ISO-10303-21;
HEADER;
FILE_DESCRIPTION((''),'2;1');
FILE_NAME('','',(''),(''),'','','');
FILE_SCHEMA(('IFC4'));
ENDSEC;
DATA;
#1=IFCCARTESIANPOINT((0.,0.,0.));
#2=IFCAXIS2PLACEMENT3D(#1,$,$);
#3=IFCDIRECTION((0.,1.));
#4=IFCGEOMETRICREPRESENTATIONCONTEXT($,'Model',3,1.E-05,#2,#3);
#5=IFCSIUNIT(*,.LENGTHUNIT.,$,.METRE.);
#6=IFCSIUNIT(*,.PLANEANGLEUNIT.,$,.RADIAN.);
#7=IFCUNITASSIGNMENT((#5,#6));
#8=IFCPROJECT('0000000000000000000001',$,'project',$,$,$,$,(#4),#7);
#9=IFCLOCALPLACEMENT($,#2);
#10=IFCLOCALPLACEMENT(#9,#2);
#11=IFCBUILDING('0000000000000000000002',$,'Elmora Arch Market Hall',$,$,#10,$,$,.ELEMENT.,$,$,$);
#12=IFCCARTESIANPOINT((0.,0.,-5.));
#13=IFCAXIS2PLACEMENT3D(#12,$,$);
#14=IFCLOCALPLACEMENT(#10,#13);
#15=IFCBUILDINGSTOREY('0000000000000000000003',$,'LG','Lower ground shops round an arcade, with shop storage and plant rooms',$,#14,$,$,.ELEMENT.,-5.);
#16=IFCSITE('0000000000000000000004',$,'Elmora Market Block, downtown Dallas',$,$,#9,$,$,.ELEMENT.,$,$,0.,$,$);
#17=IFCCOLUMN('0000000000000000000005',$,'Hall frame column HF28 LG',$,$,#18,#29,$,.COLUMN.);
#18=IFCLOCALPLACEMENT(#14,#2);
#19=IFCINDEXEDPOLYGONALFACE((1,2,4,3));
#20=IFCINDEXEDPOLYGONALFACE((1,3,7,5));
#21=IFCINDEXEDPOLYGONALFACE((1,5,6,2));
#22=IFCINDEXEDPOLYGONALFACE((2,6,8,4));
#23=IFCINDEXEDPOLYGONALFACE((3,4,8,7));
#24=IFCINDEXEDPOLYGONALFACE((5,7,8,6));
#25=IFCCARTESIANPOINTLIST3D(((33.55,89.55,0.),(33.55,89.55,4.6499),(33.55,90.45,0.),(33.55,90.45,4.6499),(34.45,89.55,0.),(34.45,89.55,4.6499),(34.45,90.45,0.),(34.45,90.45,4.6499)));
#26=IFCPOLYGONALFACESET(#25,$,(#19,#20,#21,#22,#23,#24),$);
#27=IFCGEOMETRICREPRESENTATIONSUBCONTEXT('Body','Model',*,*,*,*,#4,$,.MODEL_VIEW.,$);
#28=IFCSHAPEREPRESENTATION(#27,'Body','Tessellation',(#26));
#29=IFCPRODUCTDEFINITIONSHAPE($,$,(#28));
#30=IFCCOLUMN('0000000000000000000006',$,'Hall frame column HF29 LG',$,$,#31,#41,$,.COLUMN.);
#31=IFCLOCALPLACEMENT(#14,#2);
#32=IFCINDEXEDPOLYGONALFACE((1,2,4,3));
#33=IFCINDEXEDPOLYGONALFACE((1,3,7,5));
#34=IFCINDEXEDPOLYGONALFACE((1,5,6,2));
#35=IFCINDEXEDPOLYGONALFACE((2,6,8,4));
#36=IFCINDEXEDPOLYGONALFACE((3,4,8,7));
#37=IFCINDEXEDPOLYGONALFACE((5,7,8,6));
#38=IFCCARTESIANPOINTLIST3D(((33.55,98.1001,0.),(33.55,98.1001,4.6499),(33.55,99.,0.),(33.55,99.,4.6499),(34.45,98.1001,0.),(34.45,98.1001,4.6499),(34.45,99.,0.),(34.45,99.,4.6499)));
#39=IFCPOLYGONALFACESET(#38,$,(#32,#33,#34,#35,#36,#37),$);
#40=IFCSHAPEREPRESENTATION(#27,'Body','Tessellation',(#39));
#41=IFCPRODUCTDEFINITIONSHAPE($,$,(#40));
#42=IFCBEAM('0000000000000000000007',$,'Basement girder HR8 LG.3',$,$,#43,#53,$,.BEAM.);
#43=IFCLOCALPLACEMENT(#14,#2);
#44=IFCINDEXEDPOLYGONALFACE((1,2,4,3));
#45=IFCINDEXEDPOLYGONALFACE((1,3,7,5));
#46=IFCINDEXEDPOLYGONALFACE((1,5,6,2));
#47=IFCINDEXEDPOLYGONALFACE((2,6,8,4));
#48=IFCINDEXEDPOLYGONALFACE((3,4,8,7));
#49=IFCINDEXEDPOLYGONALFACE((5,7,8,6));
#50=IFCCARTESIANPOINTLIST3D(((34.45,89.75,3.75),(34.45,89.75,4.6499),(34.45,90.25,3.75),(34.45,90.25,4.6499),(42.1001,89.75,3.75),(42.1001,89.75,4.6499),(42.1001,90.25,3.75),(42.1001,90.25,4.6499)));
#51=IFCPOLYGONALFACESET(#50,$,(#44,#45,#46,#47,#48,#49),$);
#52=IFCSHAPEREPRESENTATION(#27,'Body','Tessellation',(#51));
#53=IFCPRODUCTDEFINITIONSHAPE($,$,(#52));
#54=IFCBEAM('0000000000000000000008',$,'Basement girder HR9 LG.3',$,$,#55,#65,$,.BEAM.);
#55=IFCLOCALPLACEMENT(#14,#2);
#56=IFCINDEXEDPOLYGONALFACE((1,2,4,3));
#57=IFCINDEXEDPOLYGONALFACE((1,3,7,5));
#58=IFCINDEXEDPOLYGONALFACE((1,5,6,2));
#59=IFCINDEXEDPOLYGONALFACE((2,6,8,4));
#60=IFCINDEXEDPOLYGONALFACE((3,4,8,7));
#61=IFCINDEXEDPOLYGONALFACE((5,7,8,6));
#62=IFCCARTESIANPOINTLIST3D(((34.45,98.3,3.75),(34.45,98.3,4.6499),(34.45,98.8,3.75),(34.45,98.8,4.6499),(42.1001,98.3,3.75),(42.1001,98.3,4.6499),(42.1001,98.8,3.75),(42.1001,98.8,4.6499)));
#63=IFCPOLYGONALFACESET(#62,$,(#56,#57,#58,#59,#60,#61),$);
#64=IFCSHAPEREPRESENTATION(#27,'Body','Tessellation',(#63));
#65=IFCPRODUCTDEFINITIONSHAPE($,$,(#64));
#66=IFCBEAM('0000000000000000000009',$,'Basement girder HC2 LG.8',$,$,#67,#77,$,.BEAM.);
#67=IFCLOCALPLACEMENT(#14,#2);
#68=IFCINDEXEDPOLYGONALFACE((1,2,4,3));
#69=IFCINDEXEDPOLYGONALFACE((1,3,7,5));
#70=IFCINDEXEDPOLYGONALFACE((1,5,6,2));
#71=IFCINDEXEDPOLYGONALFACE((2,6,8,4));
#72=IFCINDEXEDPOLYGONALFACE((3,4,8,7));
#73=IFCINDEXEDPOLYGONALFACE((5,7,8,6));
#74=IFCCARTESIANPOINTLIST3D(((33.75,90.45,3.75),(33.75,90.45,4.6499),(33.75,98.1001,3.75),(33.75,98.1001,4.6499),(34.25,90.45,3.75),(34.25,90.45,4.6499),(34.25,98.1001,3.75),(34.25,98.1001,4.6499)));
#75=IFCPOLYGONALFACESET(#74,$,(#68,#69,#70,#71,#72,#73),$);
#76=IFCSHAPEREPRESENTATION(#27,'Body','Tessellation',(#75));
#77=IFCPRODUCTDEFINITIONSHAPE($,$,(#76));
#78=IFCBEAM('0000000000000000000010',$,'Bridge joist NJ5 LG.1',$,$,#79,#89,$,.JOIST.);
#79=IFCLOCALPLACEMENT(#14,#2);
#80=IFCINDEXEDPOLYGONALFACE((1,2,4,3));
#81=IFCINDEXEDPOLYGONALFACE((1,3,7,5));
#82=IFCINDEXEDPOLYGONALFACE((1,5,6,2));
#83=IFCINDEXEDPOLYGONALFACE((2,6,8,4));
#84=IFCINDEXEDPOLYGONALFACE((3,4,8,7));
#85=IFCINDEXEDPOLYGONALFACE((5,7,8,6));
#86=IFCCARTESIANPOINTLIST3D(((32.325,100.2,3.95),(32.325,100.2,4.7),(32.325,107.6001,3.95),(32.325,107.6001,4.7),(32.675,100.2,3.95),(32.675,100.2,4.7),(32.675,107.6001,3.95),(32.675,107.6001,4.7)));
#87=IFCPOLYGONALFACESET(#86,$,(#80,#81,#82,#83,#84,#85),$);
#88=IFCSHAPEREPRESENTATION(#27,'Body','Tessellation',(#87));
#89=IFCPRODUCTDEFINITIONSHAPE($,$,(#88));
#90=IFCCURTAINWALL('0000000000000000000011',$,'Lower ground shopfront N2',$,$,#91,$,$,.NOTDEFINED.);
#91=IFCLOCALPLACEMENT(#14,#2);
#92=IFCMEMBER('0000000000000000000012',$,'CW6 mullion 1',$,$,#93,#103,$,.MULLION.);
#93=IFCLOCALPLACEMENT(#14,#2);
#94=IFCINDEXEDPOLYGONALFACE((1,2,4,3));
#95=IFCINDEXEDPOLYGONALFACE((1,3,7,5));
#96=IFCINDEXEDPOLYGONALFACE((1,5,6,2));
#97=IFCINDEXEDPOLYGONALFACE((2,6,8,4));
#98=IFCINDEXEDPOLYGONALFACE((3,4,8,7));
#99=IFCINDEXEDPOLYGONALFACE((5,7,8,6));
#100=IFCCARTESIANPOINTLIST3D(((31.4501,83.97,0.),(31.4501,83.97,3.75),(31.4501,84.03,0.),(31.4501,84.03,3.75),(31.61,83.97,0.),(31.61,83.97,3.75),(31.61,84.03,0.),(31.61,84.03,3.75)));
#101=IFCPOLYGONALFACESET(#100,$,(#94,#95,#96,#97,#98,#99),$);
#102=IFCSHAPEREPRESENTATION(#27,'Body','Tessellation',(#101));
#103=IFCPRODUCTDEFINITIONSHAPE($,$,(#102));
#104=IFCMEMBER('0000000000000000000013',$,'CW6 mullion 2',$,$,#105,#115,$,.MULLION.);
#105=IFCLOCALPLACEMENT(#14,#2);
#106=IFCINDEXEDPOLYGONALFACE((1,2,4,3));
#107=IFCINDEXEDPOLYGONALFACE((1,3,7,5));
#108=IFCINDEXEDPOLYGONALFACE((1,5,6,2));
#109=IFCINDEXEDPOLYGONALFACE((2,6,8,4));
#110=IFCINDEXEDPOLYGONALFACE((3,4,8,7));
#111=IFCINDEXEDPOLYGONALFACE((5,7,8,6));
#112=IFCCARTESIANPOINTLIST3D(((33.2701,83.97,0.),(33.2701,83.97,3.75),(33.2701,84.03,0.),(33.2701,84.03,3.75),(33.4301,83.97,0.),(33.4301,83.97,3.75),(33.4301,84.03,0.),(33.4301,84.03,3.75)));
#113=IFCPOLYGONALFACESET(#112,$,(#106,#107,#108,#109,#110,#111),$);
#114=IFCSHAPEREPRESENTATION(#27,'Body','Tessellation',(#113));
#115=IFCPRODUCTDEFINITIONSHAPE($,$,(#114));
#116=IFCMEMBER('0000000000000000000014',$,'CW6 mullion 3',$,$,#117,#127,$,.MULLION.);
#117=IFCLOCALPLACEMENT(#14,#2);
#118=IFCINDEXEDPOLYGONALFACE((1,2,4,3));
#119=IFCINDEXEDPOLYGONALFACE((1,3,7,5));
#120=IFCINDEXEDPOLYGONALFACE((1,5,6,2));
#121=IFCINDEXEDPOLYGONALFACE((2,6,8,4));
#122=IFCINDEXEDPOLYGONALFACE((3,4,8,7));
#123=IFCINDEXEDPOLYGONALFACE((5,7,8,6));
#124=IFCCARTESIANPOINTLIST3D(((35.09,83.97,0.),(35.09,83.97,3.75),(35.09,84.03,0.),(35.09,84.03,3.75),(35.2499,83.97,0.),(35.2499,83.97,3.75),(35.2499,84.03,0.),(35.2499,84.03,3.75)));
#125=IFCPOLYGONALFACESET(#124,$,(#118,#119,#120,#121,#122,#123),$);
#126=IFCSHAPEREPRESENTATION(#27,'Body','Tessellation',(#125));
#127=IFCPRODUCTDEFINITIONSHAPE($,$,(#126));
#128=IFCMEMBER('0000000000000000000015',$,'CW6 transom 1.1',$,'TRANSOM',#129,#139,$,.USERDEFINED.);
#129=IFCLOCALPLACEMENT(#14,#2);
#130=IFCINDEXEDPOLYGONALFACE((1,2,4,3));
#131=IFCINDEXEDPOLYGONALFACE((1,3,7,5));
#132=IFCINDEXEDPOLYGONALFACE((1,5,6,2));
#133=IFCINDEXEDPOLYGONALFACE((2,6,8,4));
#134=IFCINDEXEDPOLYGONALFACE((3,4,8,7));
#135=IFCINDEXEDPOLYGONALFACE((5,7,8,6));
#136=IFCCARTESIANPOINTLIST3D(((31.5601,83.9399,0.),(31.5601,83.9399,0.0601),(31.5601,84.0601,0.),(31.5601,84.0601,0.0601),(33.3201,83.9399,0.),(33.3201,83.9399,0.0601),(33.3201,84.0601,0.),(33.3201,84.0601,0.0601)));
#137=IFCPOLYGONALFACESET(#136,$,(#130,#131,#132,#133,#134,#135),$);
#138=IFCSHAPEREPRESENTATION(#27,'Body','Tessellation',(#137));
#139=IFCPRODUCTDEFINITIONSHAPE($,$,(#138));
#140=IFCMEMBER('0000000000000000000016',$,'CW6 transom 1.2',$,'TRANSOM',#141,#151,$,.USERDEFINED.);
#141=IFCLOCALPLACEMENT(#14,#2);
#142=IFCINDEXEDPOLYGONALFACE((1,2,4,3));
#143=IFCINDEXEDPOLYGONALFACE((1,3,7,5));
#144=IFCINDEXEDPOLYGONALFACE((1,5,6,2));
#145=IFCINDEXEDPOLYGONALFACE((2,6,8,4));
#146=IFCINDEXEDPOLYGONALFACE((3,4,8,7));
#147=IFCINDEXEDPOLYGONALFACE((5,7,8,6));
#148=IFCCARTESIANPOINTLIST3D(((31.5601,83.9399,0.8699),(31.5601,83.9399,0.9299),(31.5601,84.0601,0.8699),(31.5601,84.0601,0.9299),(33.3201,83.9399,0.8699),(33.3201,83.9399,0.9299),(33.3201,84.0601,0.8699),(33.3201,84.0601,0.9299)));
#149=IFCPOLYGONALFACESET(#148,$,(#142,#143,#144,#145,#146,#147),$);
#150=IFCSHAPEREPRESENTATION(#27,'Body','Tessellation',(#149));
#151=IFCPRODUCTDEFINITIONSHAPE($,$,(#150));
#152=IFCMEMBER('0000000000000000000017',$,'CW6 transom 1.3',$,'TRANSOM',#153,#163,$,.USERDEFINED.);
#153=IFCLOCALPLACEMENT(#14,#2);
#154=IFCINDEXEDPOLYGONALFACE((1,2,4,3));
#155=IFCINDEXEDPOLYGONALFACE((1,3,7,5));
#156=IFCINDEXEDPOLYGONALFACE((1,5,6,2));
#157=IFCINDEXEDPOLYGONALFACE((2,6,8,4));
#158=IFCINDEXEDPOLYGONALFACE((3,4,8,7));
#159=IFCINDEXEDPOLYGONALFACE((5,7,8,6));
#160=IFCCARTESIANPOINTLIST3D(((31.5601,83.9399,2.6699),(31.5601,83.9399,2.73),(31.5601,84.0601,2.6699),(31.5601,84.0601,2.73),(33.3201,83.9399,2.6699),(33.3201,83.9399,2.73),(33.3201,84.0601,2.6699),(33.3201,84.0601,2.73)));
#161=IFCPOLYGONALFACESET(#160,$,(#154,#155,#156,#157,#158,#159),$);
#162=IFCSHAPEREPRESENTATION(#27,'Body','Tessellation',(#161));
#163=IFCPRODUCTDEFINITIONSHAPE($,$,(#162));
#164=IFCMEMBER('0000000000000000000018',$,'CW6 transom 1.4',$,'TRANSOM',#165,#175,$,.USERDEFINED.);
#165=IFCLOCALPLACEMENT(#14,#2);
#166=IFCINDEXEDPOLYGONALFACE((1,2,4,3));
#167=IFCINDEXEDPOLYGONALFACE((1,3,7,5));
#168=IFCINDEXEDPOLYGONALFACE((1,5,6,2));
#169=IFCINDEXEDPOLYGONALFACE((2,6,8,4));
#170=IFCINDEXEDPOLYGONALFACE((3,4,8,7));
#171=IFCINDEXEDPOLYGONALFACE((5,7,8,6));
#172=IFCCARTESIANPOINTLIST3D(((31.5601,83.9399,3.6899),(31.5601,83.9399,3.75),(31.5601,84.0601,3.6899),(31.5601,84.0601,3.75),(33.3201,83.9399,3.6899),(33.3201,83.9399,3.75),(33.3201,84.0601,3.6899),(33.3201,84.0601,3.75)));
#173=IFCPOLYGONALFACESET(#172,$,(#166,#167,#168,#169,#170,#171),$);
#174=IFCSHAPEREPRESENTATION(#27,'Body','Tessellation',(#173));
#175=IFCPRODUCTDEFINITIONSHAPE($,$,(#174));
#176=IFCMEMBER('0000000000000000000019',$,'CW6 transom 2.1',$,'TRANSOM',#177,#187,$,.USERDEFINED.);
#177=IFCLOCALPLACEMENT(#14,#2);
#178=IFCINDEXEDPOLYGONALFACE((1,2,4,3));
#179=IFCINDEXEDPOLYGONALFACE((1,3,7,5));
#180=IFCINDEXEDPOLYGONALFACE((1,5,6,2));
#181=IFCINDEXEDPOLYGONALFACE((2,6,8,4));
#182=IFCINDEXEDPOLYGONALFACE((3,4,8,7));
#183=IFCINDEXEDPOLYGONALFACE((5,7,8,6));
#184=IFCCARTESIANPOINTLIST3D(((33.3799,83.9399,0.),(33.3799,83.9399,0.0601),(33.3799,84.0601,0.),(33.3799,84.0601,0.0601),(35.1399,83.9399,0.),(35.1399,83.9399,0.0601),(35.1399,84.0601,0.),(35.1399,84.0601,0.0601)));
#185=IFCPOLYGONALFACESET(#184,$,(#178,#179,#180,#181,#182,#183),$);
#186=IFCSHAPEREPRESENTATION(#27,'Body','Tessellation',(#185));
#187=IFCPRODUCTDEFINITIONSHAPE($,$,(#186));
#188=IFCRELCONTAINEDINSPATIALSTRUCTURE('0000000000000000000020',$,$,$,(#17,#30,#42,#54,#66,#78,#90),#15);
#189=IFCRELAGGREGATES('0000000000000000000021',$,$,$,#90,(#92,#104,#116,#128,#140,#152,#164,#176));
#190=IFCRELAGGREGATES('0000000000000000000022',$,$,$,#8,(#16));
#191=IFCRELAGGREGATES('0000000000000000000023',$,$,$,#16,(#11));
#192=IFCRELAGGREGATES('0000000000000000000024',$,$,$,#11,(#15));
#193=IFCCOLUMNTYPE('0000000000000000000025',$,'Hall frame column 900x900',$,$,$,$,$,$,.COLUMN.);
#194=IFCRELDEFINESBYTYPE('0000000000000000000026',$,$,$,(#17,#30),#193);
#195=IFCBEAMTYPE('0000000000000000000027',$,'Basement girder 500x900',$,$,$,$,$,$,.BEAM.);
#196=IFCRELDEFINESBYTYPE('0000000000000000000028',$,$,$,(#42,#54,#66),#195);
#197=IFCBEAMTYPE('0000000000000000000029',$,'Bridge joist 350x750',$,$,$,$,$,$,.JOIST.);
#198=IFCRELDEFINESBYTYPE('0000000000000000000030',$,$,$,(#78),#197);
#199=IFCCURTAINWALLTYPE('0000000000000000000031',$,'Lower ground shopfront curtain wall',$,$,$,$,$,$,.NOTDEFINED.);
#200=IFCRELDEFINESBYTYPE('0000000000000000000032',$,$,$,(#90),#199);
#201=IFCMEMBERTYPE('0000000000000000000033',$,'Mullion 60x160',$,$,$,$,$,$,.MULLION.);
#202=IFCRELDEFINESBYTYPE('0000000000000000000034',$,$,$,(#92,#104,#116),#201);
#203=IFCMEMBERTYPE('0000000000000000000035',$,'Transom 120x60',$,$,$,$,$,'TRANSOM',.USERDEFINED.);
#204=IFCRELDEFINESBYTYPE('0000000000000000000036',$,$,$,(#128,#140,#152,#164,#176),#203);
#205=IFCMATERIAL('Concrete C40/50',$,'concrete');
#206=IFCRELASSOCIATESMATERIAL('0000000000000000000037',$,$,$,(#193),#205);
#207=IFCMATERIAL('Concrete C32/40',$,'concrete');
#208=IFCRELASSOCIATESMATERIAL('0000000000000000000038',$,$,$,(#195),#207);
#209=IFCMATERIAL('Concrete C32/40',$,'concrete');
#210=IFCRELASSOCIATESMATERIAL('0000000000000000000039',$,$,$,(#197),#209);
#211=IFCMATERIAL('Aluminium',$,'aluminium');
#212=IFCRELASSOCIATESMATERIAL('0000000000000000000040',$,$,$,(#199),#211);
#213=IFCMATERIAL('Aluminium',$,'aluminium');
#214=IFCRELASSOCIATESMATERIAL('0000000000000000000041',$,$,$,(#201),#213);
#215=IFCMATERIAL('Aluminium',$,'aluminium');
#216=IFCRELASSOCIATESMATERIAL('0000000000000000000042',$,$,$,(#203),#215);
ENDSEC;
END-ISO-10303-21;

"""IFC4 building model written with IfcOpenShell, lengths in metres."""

from ifc_helpers import new_model, si_unit, direction, frame, origin, origin_2d, place, context, subcontext, project, spatial, rectangle, extrude, material, material_profile, profile_set, type_object, element, aggregate, save


model = new_model("IFC4")

# Units and contexts
model_context = context("Model", 3, precision=1e-05, world=origin(), true_north=direction((0.0, 1.0)))
body_context = subcontext(model_context, "Body", "Model", "MODEL_VIEW")
ifc_project = project(units=[si_unit("LENGTHUNIT", "METRE"), si_unit("PLANEANGLEUNIT", "RADIAN")], contexts=[model_context])

# Site, building, storey
site_placement = place(None, origin())
site = spatial("IfcSite", under=ifc_project, at=site_placement, Name="Elmora Market Block, downtown Dallas", CompositionType="ELEMENT", RefElevation=0.0)
building_placement = place(site_placement, origin())
building = spatial("IfcBuilding", under=site, at=building_placement, Name="Elmora Arch Market Hall", CompositionType="ELEMENT")
storey_placement = place(building_placement, frame((0.0, 0.0, -5.0)))
storey = spatial("IfcBuildingStorey", under=building, at=storey_placement, Name="LG", Description="Lower ground shops round an arcade, with shop storage and plant rooms", CompositionType="ELEMENT", Elevation=-5.0)

# Columns
ifc_material_1 = material(Name="Concrete C40/50", Category="concrete")
ifc_material_profile_1 = material_profile(ifc_material_1, rectangle(XDim=0.8999, YDim=0.8999, at=origin_2d()), Name="Hall frame column 900x900")
ifc_profile_set_1 = profile_set([ifc_material_profile_1], Name="Concrete C40/50")
column_type = type_object("IfcColumnType", Name="Hall frame column 900x900", PredefinedType="COLUMN", material=ifc_profile_set_1)
for number, where, z_axis, x_axis, name in (
    (1, (34.0, 90.0, 0.0), (0.0, 0.0, 1.0), (1.0, 0.0, 0.0), "Hall frame column HF28 LG"),
    (2, (34.0, 98.55, 0.0), (0.0, 0.0, 1.0), (1.0, 0.0, 0.0), "Hall frame column HF29 LG"),
):
    element("IfcColumn", number, at=place(storey_placement, frame(where, z_axis=z_axis, x_axis=x_axis)), inside=storey, type_object=column_type, Name=name, PredefinedType="COLUMN", context=body_context, shape_type="SweptSolid", body=[
        extrude(rectangle(XDim=0.8999, YDim=0.8999, at=origin_2d()), origin(), (0.0, 0.0, 1.0), 4.6499),
    ])

# Beams
ifc_material_2 = material(Name="Concrete C32/40", Category="concrete")
ifc_material_profile_2 = material_profile(ifc_material_2, rectangle(XDim=0.5, YDim=0.8999, at=origin_2d()), Name="Basement girder 500x900")
ifc_profile_set_2 = profile_set([ifc_material_profile_2], Name="Concrete C32/40")
beam_type_1 = type_object("IfcBeamType", Name="Basement girder 500x900", PredefinedType="BEAM", material=ifc_profile_set_2)
for number, where, z_axis, x_axis, name in (
    (3, (34.45, 90.0, 4.2), (1.0, 0.0, 0.0), (0.0, 1.0, 0.0), "Basement girder HR8 LG.3"),
    (4, (34.45, 98.55, 4.2), (1.0, 0.0, 0.0), (0.0, 1.0, 0.0), "Basement girder HR9 LG.3"),
    (5, (34.0, 90.45, 4.2), (0.0, 1.0, 0.0), (-1.0, 0.0, 0.0), "Basement girder HC2 LG.8"),
):
    element("IfcBeam", number, at=place(storey_placement, frame(where, z_axis=z_axis, x_axis=x_axis)), inside=storey, type_object=beam_type_1, Name=name, PredefinedType="BEAM", context=body_context, shape_type="SweptSolid", body=[
        extrude(rectangle(XDim=0.5, YDim=0.8999, at=origin_2d()), origin(), (0.0, 0.0, 1.0), 7.6501),
    ])
ifc_material_3 = material(Name="Concrete C32/40", Category="concrete")
ifc_material_profile_3 = material_profile(ifc_material_3, rectangle(XDim=0.3501, YDim=0.75, at=origin_2d()), Name="Bridge joist 350x750")
ifc_profile_set_3 = profile_set([ifc_material_profile_3], Name="Concrete C32/40")
beam_type_2 = type_object("IfcBeamType", Name="Bridge joist 350x750", PredefinedType="JOIST", material=ifc_profile_set_3)
beam_placement = place(storey_placement, frame((32.5, 100.2, 4.325), z_axis=(0.0, 1.0, 0.0), x_axis=(-1.0, 0.0, 0.0)))
element("IfcBeam", 6, at=beam_placement, inside=storey, type_object=beam_type_2, Name="Bridge joist NJ5 LG.1", PredefinedType="JOIST", context=body_context, shape_type="SweptSolid", body=[
    extrude(rectangle(XDim=0.3501, YDim=0.75, at=origin_2d()), origin(), (0.0, 0.0, 1.0), 7.4001),
])

# Curtain wall, members
ifc_material_4 = material(Name="Aluminium", Category="aluminium")
curtain_wall_type = type_object("IfcCurtainWallType", Name="Lower ground shopfront curtain wall", PredefinedType="NOTDEFINED", material=ifc_material_4)
curtain_wall_placement = place(storey_placement, origin())
curtain_wall = element("IfcCurtainWall", 7, at=curtain_wall_placement, inside=storey, type_object=curtain_wall_type, Name="Lower ground shopfront N2", PredefinedType="NOTDEFINED")
ifc_material_5 = material(Name="Aluminium", Category="aluminium")
ifc_material_profile_4 = material_profile(ifc_material_5, rectangle(XDim=0.0601, YDim=0.1599, at=origin_2d()), Name="AL 60x160")
ifc_profile_set_4 = profile_set([ifc_material_profile_4], Name="Aluminium")
member_type_1 = type_object("IfcMemberType", Name="Mullion 60x160", PredefinedType="MULLION", material=ifc_profile_set_4)
member_1_placement = place(storey_placement, frame((31.53, 84.0, 0.0), z_axis=(0.0, 0.0, 1.0), x_axis=(0.0, 1.0, 0.0)))
member_1 = element("IfcMember", 8, at=member_1_placement, type_object=member_type_1, Name="CW6 mullion 1", PredefinedType="MULLION", context=body_context, shape_type="SweptSolid", body=[
    extrude(rectangle(XDim=0.0601, YDim=0.1599, at=origin_2d()), origin(), (0.0, 0.0, 1.0), 3.75),
])
member_2_placement = place(storey_placement, frame((33.3501, 84.0, 0.0), z_axis=(0.0, 0.0, 1.0), x_axis=(0.0, 1.0, 0.0)))
member_2 = element("IfcMember", 9, at=member_2_placement, type_object=member_type_1, Name="CW6 mullion 2", PredefinedType="MULLION", context=body_context, shape_type="SweptSolid", body=[
    extrude(rectangle(XDim=0.0601, YDim=0.1599, at=origin_2d()), origin(), (0.0, 0.0, 1.0), 3.75),
])
member_3_placement = place(storey_placement, frame((35.1699, 84.0, 0.0), z_axis=(0.0, 0.0, 1.0), x_axis=(0.0, 1.0, 0.0)))
member_3 = element("IfcMember", 10, at=member_3_placement, type_object=member_type_1, Name="CW6 mullion 3", PredefinedType="MULLION", context=body_context, shape_type="SweptSolid", body=[
    extrude(rectangle(XDim=0.0601, YDim=0.1599, at=origin_2d()), origin(), (0.0, 0.0, 1.0), 3.75),
])
ifc_material_6 = material(Name="Aluminium", Category="aluminium")
ifc_material_profile_5 = material_profile(ifc_material_6, rectangle(XDim=0.1201, YDim=0.0601, at=origin_2d()), Name="AL 120x60")
ifc_profile_set_5 = profile_set([ifc_material_profile_5], Name="Aluminium")
member_type_2 = type_object("IfcMemberType", Name="Transom 120x60", ElementType="TRANSOM", PredefinedType="USERDEFINED", material=ifc_profile_set_5)
member_4_placement = place(storey_placement, frame((31.5601, 84.0, 0.03), z_axis=(1.0, 0.0, 0.0), x_axis=(0.0, 1.0, 0.0)))
member_4 = element("IfcMember", 11, at=member_4_placement, type_object=member_type_2, Name="CW6 transom 1.1", ObjectType="TRANSOM", PredefinedType="USERDEFINED", context=body_context, shape_type="SweptSolid", body=[
    extrude(rectangle(XDim=0.1201, YDim=0.0601, at=origin_2d()), origin(), (0.0, 0.0, 1.0), 1.76),
])
member_5_placement = place(storey_placement, frame((31.5601, 84.0, 0.8999), z_axis=(1.0, 0.0, 0.0), x_axis=(0.0, 1.0, 0.0)))
member_5 = element("IfcMember", 12, at=member_5_placement, type_object=member_type_2, Name="CW6 transom 1.2", ObjectType="TRANSOM", PredefinedType="USERDEFINED", context=body_context, shape_type="SweptSolid", body=[
    extrude(rectangle(XDim=0.1201, YDim=0.0601, at=origin_2d()), origin(), (0.0, 0.0, 1.0), 1.76),
])
member_6_placement = place(storey_placement, frame((31.5601, 84.0, 2.7), z_axis=(1.0, 0.0, 0.0), x_axis=(0.0, 1.0, 0.0)))
member_6 = element("IfcMember", 13, at=member_6_placement, type_object=member_type_2, Name="CW6 transom 1.3", ObjectType="TRANSOM", PredefinedType="USERDEFINED", context=body_context, shape_type="SweptSolid", body=[
    extrude(rectangle(XDim=0.1201, YDim=0.0601, at=origin_2d()), origin(), (0.0, 0.0, 1.0), 1.76),
])
member_7_placement = place(storey_placement, frame((31.5601, 84.0, 3.72), z_axis=(1.0, 0.0, 0.0), x_axis=(0.0, 1.0, 0.0)))
member_7 = element("IfcMember", 14, at=member_7_placement, type_object=member_type_2, Name="CW6 transom 1.4", ObjectType="TRANSOM", PredefinedType="USERDEFINED", context=body_context, shape_type="SweptSolid", body=[
    extrude(rectangle(XDim=0.1201, YDim=0.0601, at=origin_2d()), origin(), (0.0, 0.0, 1.0), 1.76),
])
member_8_placement = place(storey_placement, frame((33.3799, 84.0, 0.03), z_axis=(1.0, 0.0, 0.0), x_axis=(0.0, 1.0, 0.0)))
member_8 = element("IfcMember", 15, at=member_8_placement, type_object=member_type_2, Name="CW6 transom 2.1", ObjectType="TRANSOM", PredefinedType="USERDEFINED", context=body_context, shape_type="SweptSolid", body=[
    extrude(rectangle(XDim=0.1201, YDim=0.0601, at=origin_2d()), origin(), (0.0, 0.0, 1.0), 1.76),
])
aggregate(curtain_wall, [member_1, member_2, member_3, member_4, member_5, member_6, member_7, member_8])

save(model, "model.ifc")
